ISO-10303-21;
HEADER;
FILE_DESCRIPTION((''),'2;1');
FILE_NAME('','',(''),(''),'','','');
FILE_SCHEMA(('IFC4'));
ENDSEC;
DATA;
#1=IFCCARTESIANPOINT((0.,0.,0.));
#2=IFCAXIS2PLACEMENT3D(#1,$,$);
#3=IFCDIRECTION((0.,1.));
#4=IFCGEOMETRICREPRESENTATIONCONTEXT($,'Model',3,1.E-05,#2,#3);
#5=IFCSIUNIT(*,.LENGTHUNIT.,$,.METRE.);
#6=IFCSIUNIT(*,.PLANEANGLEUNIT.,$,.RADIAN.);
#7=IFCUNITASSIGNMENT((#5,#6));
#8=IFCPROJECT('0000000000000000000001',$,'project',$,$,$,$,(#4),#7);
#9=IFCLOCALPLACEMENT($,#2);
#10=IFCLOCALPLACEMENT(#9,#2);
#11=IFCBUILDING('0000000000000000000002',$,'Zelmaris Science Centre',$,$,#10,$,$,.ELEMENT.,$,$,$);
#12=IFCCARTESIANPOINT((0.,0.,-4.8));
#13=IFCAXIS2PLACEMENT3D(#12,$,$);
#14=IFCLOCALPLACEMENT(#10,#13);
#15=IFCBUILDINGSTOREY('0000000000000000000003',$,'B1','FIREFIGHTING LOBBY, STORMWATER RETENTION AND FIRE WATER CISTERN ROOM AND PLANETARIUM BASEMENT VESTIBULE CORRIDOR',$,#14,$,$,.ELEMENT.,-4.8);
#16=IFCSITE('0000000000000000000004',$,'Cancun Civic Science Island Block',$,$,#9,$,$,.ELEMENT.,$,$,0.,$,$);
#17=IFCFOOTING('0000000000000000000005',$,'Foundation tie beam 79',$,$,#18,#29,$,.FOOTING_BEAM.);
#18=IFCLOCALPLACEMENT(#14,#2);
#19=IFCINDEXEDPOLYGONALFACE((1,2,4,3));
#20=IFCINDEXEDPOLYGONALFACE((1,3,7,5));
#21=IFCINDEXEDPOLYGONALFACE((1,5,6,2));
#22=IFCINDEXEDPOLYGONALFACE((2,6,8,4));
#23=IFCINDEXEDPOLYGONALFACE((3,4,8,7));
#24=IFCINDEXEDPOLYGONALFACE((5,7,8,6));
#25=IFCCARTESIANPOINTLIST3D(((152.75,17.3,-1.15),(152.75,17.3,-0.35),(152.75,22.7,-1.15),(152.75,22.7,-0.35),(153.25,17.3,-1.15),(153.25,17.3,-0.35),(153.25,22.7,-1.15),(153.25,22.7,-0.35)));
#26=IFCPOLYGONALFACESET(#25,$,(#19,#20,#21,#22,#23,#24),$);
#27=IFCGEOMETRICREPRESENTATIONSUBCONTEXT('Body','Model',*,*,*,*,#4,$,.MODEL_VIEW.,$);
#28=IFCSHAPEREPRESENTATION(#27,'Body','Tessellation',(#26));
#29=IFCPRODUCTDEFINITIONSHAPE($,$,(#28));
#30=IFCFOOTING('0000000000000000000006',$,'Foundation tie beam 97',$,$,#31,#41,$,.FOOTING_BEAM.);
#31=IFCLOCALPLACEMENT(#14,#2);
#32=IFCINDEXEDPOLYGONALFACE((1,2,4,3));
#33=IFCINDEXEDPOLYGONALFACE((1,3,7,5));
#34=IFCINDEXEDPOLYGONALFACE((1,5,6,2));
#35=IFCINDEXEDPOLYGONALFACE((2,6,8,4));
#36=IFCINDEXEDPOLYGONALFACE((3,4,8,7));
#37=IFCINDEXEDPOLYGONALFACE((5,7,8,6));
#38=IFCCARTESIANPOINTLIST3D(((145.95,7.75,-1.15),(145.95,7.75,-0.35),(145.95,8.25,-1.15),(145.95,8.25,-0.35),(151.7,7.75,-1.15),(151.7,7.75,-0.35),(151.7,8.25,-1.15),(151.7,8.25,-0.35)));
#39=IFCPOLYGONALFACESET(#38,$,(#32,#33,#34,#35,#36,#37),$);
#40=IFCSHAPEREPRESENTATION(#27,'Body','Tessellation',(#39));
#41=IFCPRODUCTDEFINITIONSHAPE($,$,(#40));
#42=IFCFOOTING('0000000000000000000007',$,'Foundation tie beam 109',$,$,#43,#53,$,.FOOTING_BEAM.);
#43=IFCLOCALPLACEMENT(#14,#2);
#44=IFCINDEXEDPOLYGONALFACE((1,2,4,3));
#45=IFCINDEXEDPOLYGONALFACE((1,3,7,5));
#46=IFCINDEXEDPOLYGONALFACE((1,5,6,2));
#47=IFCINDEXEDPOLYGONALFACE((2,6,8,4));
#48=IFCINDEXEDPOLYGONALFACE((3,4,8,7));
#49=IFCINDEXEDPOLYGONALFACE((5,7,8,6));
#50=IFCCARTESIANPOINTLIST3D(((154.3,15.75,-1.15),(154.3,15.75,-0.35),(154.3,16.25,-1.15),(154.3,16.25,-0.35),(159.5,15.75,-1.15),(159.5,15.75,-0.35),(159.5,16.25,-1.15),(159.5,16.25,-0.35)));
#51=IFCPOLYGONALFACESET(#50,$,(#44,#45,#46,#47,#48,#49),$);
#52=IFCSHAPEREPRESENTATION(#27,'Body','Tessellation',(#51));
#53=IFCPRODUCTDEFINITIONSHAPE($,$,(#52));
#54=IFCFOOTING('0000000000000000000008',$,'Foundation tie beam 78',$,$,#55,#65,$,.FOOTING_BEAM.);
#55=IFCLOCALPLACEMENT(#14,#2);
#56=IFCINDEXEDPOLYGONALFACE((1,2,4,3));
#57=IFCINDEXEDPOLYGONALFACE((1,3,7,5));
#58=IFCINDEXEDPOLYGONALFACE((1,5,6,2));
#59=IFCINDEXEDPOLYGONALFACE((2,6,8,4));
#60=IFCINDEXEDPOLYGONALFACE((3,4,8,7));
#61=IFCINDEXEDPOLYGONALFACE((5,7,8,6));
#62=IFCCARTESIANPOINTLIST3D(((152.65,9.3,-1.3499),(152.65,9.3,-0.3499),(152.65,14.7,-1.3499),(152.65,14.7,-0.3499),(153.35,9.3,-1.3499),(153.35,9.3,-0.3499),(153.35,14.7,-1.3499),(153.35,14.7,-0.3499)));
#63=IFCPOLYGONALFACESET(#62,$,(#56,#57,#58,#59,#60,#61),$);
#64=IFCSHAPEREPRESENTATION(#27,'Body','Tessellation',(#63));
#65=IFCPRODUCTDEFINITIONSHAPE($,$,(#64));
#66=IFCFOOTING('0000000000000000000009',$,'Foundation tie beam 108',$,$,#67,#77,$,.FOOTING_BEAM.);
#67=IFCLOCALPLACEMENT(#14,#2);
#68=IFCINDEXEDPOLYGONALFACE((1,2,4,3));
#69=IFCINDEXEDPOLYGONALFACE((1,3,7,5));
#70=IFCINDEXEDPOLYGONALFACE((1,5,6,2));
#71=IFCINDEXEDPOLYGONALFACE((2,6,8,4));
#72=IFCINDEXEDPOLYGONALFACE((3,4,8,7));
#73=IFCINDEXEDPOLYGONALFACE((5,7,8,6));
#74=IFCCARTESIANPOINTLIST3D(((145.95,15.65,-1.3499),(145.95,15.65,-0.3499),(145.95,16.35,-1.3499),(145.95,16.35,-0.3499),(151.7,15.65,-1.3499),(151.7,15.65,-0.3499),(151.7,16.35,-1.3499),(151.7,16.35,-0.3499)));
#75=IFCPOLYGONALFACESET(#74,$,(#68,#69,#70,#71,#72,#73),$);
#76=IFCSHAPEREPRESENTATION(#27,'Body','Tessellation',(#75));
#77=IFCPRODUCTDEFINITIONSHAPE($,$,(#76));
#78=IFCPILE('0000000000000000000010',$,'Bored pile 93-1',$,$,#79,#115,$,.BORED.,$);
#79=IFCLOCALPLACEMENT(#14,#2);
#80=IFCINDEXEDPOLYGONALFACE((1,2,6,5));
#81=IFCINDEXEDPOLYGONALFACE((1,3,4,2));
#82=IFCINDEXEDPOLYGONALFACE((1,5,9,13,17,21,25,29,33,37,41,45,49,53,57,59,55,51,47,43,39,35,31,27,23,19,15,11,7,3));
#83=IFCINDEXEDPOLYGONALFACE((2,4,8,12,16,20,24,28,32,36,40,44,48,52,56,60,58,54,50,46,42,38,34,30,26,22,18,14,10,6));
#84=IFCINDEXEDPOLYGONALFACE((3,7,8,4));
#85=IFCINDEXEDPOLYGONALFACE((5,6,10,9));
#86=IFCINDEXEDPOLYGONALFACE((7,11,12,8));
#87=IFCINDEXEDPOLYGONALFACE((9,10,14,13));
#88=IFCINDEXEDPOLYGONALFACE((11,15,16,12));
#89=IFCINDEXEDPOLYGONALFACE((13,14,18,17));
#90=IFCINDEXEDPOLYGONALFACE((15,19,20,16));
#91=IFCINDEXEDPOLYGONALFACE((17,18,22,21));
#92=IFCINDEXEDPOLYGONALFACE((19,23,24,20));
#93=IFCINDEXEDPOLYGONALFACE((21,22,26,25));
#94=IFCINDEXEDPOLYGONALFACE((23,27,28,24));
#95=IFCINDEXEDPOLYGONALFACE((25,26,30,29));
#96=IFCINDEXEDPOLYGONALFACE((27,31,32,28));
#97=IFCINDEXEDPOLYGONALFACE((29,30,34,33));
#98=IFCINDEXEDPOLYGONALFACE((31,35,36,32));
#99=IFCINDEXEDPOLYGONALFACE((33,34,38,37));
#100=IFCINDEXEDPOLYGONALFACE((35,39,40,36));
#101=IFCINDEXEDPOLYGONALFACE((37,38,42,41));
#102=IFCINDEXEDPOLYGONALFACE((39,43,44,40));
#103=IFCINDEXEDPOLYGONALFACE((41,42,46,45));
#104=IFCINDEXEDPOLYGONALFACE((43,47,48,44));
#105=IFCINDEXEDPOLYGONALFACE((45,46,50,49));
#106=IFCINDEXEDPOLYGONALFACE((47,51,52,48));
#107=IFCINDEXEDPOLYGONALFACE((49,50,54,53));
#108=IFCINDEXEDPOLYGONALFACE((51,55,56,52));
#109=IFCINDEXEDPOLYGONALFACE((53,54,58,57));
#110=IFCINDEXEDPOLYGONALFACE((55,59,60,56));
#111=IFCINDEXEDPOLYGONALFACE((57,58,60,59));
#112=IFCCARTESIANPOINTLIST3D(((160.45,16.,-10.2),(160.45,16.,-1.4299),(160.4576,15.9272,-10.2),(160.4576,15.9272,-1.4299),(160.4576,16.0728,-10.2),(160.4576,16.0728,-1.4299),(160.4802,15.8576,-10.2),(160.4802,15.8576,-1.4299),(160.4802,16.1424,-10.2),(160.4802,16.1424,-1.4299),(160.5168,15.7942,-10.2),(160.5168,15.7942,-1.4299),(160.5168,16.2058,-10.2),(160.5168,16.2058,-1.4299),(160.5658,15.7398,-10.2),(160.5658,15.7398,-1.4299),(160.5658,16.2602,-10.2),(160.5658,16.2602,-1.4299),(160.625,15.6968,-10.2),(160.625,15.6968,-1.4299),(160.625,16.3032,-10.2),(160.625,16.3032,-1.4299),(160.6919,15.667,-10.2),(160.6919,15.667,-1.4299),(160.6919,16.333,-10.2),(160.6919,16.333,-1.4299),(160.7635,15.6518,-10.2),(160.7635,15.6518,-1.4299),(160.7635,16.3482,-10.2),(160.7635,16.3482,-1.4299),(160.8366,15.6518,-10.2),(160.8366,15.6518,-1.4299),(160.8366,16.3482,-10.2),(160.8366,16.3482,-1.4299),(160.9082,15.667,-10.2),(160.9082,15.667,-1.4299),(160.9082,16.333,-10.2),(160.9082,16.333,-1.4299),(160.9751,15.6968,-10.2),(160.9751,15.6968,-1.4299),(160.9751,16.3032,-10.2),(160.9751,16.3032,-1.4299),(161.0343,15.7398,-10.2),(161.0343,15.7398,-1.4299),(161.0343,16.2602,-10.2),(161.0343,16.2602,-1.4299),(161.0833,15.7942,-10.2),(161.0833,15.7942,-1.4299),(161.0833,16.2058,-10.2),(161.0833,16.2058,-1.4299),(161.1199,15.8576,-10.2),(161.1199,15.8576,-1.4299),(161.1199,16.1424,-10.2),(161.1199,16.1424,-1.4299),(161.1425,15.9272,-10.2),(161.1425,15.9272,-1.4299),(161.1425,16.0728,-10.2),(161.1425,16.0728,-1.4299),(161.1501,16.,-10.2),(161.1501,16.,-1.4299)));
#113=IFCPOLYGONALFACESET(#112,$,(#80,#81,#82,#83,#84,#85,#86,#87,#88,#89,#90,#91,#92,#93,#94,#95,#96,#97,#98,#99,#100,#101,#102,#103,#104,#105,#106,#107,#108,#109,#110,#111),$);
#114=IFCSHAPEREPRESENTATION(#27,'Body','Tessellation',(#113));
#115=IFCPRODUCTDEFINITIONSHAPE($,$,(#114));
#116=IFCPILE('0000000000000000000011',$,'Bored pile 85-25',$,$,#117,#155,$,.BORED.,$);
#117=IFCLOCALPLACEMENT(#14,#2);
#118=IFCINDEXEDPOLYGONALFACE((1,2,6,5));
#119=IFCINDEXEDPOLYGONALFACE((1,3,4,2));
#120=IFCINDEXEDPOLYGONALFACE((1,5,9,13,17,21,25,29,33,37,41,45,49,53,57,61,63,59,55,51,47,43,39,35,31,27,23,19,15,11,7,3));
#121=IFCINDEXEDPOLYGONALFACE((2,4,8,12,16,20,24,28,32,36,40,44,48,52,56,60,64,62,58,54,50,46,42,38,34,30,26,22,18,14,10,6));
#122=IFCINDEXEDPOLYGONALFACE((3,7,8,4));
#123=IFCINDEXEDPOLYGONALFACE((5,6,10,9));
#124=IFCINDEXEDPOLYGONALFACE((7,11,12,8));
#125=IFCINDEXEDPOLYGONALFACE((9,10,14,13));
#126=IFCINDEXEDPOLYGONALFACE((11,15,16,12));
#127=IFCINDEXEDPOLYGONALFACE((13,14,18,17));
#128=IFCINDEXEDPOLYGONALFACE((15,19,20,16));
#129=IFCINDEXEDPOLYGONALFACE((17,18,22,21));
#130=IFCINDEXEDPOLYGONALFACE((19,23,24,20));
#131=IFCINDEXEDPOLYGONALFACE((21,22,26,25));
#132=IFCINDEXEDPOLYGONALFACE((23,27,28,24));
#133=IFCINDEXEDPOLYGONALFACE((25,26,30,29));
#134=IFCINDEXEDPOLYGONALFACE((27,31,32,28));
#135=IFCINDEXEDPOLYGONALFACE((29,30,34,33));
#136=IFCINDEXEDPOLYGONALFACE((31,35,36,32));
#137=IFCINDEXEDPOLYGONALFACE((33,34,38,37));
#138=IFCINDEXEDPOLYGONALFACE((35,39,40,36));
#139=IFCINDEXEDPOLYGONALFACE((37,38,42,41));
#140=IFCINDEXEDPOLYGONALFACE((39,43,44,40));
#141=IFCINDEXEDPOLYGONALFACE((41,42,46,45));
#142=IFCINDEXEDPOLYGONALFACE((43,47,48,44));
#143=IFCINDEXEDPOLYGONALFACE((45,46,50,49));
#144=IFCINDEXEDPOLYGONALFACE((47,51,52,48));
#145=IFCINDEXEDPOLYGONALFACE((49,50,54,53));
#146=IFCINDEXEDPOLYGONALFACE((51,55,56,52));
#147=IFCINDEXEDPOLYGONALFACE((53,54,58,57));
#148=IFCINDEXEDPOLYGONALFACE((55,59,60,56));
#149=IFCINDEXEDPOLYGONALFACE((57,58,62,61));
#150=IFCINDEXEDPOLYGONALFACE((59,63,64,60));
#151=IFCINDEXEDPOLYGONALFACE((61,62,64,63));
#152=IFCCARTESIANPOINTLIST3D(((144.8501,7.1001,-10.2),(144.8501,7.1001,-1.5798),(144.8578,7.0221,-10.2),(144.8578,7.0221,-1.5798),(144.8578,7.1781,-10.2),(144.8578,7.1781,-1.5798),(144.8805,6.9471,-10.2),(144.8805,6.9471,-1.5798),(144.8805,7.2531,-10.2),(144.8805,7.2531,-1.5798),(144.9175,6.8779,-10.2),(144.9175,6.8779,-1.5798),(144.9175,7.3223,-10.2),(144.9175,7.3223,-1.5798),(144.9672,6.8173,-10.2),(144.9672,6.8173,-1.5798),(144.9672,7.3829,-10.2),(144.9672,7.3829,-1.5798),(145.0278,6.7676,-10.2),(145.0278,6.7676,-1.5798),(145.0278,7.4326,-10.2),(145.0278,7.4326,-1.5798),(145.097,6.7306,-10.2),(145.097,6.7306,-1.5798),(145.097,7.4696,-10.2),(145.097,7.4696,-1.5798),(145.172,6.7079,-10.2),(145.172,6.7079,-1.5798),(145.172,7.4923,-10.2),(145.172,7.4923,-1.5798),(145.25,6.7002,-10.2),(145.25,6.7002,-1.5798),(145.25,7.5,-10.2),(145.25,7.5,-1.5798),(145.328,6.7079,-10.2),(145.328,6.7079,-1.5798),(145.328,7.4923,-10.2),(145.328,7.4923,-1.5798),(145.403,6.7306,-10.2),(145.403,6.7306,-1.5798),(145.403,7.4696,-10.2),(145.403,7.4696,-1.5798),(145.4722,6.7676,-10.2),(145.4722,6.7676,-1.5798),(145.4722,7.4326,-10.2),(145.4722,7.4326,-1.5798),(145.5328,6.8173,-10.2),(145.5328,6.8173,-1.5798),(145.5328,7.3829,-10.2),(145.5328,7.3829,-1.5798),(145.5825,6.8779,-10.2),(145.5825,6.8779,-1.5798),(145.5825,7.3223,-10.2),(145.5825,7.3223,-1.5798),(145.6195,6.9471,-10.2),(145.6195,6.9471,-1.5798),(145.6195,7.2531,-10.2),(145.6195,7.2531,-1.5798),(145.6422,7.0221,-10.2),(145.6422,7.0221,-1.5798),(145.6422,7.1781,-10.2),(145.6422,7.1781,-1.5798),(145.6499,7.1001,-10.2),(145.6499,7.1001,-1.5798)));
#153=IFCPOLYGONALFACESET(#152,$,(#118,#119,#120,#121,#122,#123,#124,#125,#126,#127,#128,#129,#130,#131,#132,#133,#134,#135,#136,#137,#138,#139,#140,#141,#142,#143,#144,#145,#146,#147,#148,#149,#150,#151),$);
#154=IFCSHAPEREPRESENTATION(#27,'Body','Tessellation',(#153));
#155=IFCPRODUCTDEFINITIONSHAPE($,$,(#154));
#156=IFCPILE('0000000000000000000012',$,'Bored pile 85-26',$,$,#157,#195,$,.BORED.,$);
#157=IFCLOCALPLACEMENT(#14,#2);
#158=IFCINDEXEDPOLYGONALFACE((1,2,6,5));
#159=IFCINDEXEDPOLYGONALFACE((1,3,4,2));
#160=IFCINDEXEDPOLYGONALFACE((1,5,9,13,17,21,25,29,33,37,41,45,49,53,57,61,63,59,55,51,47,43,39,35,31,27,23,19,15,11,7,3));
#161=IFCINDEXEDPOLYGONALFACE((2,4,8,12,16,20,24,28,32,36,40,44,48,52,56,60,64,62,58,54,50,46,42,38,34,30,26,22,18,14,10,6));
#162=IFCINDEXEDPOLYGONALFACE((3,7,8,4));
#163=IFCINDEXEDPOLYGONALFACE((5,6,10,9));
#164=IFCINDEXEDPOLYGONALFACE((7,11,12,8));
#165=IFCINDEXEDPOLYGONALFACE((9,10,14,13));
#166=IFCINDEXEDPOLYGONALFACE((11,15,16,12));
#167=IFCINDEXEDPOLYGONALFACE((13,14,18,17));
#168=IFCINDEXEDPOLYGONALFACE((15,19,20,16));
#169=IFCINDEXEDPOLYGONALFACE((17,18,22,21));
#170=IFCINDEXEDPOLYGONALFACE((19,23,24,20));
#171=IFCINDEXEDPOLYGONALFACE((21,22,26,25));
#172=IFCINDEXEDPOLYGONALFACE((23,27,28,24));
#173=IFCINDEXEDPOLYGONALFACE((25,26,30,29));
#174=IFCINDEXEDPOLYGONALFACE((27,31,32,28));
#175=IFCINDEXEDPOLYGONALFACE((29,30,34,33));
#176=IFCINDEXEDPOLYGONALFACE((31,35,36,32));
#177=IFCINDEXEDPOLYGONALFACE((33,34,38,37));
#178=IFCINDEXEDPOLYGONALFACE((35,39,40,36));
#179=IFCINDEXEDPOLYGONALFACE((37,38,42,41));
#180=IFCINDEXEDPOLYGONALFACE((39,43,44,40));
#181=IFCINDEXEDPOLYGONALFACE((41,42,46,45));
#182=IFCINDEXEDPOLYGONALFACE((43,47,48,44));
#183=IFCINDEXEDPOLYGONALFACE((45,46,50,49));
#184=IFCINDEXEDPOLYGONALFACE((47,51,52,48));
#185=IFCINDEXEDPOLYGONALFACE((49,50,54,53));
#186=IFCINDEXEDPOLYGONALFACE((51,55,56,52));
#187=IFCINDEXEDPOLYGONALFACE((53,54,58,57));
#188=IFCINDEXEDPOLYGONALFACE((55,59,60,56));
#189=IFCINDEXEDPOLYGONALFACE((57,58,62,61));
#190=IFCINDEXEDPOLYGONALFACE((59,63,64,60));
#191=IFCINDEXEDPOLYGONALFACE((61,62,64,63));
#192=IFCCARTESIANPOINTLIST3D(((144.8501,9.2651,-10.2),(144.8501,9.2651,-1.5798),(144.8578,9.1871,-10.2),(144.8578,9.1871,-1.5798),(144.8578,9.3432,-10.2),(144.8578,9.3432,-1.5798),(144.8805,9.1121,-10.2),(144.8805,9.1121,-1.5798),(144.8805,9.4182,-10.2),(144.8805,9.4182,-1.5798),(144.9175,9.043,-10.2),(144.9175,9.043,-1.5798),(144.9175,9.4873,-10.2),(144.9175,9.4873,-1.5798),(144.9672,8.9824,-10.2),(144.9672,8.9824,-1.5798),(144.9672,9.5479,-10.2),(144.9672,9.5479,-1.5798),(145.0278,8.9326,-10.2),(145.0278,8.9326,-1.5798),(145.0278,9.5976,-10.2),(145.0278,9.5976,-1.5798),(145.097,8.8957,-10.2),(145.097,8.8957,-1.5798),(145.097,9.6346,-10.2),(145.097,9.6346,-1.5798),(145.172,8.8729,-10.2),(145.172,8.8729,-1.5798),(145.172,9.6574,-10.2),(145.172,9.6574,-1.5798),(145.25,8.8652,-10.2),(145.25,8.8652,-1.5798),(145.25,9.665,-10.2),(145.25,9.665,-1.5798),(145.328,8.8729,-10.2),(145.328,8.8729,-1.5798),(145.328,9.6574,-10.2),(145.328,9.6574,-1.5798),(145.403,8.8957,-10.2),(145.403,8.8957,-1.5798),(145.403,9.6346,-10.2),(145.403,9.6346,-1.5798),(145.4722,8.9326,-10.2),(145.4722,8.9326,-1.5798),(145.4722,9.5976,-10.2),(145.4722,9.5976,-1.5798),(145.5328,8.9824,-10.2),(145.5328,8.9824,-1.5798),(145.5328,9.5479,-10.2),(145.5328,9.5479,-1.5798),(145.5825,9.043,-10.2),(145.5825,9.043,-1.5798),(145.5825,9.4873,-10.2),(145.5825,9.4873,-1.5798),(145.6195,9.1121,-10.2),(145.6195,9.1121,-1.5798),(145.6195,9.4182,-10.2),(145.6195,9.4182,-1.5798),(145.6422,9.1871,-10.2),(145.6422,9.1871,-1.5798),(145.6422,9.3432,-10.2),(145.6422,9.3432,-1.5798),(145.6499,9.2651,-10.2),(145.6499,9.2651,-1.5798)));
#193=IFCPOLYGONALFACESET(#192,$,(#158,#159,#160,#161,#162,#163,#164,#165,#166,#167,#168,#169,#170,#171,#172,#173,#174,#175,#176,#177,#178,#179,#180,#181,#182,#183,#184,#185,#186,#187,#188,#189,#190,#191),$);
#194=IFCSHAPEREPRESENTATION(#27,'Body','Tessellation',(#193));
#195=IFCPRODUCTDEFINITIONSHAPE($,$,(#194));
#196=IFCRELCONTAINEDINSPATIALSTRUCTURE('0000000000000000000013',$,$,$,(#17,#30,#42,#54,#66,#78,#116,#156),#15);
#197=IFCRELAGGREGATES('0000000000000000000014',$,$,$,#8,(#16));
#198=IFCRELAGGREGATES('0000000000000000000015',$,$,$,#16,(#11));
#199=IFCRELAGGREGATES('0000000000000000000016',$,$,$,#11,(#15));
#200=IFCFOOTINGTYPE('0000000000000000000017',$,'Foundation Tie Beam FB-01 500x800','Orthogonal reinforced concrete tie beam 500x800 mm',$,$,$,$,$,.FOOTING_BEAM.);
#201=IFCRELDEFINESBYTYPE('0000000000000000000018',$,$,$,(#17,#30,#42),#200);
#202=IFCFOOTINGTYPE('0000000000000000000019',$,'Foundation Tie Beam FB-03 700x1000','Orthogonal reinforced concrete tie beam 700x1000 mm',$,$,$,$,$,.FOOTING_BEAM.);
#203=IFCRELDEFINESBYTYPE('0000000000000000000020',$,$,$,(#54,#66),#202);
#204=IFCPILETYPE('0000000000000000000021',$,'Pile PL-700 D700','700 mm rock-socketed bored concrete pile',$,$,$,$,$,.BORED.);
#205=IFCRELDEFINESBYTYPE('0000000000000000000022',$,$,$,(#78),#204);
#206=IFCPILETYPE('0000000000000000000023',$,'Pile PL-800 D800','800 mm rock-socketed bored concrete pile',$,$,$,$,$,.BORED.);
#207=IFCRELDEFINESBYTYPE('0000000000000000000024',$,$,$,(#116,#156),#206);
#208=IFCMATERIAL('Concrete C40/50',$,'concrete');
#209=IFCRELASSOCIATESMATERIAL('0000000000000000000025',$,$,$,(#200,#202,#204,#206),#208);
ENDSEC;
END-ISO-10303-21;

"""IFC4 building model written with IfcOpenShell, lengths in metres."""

from ifc_helpers import new_model, si_unit, direction, frame, origin, origin_2d, place, context, subcontext, project, spatial, rectangle, circle, extrude, material, material_profile, profile_set, type_object, element, save


model = new_model("IFC4")

# Units and contexts
model_context = context("Model", 3, precision=1e-05, world=origin(), true_north=direction((0.0, 1.0)))
body_context = subcontext(model_context, "Body", "Model", "MODEL_VIEW")
ifc_project = project(units=[si_unit("LENGTHUNIT", "METRE"), si_unit("PLANEANGLEUNIT", "RADIAN")], contexts=[model_context])

# Site, building, storey
site_placement = place(None, origin())
site = spatial("IfcSite", under=ifc_project, at=site_placement, Name="Cancun Civic Science Island Block", CompositionType="ELEMENT", RefElevation=0.0)
building_placement = place(site_placement, origin())
building = spatial("IfcBuilding", under=site, at=building_placement, Name="Zelmaris Science Centre", CompositionType="ELEMENT")
storey_placement = place(building_placement, frame((0.0, 0.0, -4.8)))
storey = spatial("IfcBuildingStorey", under=building, at=storey_placement, Name="B1", Description="FIREFIGHTING LOBBY, STORMWATER RETENTION AND FIRE WATER CISTERN ROOM AND PLANETARIUM BASEMENT VESTIBULE CORRIDOR", CompositionType="ELEMENT", Elevation=-4.8)

# Footings
ifc_material_1 = material(Name="Concrete C40/50", Category="concrete")
ifc_material_profile_1 = material_profile(ifc_material_1, rectangle(XDim=0.5, YDim=0.8, at=origin_2d()), Name="FB-500X800")
ifc_profile_set_1 = profile_set([ifc_material_profile_1], Name="Concrete C40/50")
footing_type_1 = type_object("IfcFootingType", Name="Foundation Tie Beam FB-01 500x800", Description="Orthogonal reinforced concrete tie beam 500x800 mm", PredefinedType="FOOTING_BEAM", material=ifc_profile_set_1)
footing_1_placement = place(storey_placement, frame((153.0, 17.3, -0.75), z_axis=(0.0, 1.0, 0.0), x_axis=(-1.0, 0.0, 0.0)))
element("IfcFooting", 1, at=footing_1_placement, inside=storey, type_object=footing_type_1, Name="Foundation tie beam 79", PredefinedType="FOOTING_BEAM", context=body_context, shape_type="SweptSolid", body=[
    extrude(rectangle(XDim=0.5, YDim=0.8, at=origin_2d()), origin(), (0.0, 0.0, 1.0), 5.3999),
])
footing_2_placement = place(storey_placement, frame((145.95, 8.0, -0.75), z_axis=(1.0, 0.0, 0.0), x_axis=(0.0, 1.0, 0.0)))
element("IfcFooting", 2, at=footing_2_placement, inside=storey, type_object=footing_type_1, Name="Foundation tie beam 97", PredefinedType="FOOTING_BEAM", context=body_context, shape_type="SweptSolid", body=[
    extrude(rectangle(XDim=0.5, YDim=0.8, at=origin_2d()), origin(), (0.0, 0.0, 1.0), 5.75),
])
footing_3_placement = place(storey_placement, frame((154.3, 16.0, -0.75), z_axis=(1.0, 0.0, 0.0), x_axis=(0.0, 1.0, 0.0)))
element("IfcFooting", 3, at=footing_3_placement, inside=storey, type_object=footing_type_1, Name="Foundation tie beam 109", PredefinedType="FOOTING_BEAM", context=body_context, shape_type="SweptSolid", body=[
    extrude(rectangle(XDim=0.5, YDim=0.8, at=origin_2d()), origin(), (0.0, 0.0, 1.0), 5.2),
])
ifc_material_profile_2 = material_profile(ifc_material_1, rectangle(XDim=0.7, YDim=1.0, at=origin_2d()), Name="FB-700X1000")
ifc_profile_set_2 = profile_set([ifc_material_profile_2], Name="Concrete C40/50")
footing_type_2 = type_object("IfcFootingType", Name="Foundation Tie Beam FB-03 700x1000", Description="Orthogonal reinforced concrete tie beam 700x1000 mm", PredefinedType="FOOTING_BEAM", material=ifc_profile_set_2)
footing_4_placement = place(storey_placement, frame((153.0, 9.3, -0.8499), z_axis=(0.0, 1.0, 0.0), x_axis=(-1.0, 0.0, 0.0)))
element("IfcFooting", 4, at=footing_4_placement, inside=storey, type_object=footing_type_2, Name="Foundation tie beam 78", PredefinedType="FOOTING_BEAM", context=body_context, shape_type="SweptSolid", body=[
    extrude(rectangle(XDim=0.7, YDim=1.0, at=origin_2d()), origin(), (0.0, 0.0, 1.0), 5.3999),
])
footing_5_placement = place(storey_placement, frame((145.95, 16.0, -0.8499), z_axis=(1.0, 0.0, 0.0), x_axis=(0.0, 1.0, 0.0)))
element("IfcFooting", 5, at=footing_5_placement, inside=storey, type_object=footing_type_2, Name="Foundation tie beam 108", PredefinedType="FOOTING_BEAM", context=body_context, shape_type="SweptSolid", body=[
    extrude(rectangle(XDim=0.7, YDim=1.0, at=origin_2d()), origin(), (0.0, 0.0, 1.0), 5.75),
])

# Piles
ifc_material_profile_3 = material_profile(ifc_material_1, circle(Radius=0.3501, at=origin_2d()), Name="PILE-700")
ifc_profile_set_3 = profile_set([ifc_material_profile_3], Name="Concrete C40/50")
pile_type_1 = type_object("IfcPileType", Name="Pile PL-700 D700", Description="700 mm rock-socketed bored concrete pile", PredefinedType="BORED", material=ifc_profile_set_3)
pile_1_placement = place(storey_placement, frame((160.8, 16.0, -1.4299), z_axis=(0.0, 0.0, -1.0), x_axis=(1.0, 0.0, 0.0)))
element("IfcPile", 6, at=pile_1_placement, inside=storey, type_object=pile_type_1, Name="Bored pile 93-1", PredefinedType="BORED", context=body_context, shape_type="SweptSolid", body=[
    extrude(circle(Radius=0.3501, at=origin_2d()), origin(), (0.0, 0.0, 1.0), 8.77),
])
ifc_material_profile_4 = material_profile(ifc_material_1, circle(Radius=0.3999, at=origin_2d()), Name="PILE-800")
ifc_profile_set_4 = profile_set([ifc_material_profile_4], Name="Concrete C40/50")
pile_type_2 = type_object("IfcPileType", Name="Pile PL-800 D800", Description="800 mm rock-socketed bored concrete pile", PredefinedType="BORED", material=ifc_profile_set_4)
for number, where, z_axis, x_axis, name in (
    (7, (145.25, 7.1001, -1.5798), (0.0, 0.0, -1.0), (1.0, 0.0, 0.0), "Bored pile 85-25"),
    (8, (145.25, 9.2651, -1.5798), (0.0, 0.0, -1.0), (1.0, 0.0, 0.0), "Bored pile 85-26"),
):
    element("IfcPile", number, at=place(storey_placement, frame(where, z_axis=z_axis, x_axis=x_axis)), inside=storey, type_object=pile_type_2, Name=name, PredefinedType="BORED", context=body_context, shape_type="SweptSolid", body=[
        extrude(circle(Radius=0.3999, at=origin_2d()), origin(), (0.0, 0.0, 1.0), 8.6201),
    ])

save(model, "model.ifc")
